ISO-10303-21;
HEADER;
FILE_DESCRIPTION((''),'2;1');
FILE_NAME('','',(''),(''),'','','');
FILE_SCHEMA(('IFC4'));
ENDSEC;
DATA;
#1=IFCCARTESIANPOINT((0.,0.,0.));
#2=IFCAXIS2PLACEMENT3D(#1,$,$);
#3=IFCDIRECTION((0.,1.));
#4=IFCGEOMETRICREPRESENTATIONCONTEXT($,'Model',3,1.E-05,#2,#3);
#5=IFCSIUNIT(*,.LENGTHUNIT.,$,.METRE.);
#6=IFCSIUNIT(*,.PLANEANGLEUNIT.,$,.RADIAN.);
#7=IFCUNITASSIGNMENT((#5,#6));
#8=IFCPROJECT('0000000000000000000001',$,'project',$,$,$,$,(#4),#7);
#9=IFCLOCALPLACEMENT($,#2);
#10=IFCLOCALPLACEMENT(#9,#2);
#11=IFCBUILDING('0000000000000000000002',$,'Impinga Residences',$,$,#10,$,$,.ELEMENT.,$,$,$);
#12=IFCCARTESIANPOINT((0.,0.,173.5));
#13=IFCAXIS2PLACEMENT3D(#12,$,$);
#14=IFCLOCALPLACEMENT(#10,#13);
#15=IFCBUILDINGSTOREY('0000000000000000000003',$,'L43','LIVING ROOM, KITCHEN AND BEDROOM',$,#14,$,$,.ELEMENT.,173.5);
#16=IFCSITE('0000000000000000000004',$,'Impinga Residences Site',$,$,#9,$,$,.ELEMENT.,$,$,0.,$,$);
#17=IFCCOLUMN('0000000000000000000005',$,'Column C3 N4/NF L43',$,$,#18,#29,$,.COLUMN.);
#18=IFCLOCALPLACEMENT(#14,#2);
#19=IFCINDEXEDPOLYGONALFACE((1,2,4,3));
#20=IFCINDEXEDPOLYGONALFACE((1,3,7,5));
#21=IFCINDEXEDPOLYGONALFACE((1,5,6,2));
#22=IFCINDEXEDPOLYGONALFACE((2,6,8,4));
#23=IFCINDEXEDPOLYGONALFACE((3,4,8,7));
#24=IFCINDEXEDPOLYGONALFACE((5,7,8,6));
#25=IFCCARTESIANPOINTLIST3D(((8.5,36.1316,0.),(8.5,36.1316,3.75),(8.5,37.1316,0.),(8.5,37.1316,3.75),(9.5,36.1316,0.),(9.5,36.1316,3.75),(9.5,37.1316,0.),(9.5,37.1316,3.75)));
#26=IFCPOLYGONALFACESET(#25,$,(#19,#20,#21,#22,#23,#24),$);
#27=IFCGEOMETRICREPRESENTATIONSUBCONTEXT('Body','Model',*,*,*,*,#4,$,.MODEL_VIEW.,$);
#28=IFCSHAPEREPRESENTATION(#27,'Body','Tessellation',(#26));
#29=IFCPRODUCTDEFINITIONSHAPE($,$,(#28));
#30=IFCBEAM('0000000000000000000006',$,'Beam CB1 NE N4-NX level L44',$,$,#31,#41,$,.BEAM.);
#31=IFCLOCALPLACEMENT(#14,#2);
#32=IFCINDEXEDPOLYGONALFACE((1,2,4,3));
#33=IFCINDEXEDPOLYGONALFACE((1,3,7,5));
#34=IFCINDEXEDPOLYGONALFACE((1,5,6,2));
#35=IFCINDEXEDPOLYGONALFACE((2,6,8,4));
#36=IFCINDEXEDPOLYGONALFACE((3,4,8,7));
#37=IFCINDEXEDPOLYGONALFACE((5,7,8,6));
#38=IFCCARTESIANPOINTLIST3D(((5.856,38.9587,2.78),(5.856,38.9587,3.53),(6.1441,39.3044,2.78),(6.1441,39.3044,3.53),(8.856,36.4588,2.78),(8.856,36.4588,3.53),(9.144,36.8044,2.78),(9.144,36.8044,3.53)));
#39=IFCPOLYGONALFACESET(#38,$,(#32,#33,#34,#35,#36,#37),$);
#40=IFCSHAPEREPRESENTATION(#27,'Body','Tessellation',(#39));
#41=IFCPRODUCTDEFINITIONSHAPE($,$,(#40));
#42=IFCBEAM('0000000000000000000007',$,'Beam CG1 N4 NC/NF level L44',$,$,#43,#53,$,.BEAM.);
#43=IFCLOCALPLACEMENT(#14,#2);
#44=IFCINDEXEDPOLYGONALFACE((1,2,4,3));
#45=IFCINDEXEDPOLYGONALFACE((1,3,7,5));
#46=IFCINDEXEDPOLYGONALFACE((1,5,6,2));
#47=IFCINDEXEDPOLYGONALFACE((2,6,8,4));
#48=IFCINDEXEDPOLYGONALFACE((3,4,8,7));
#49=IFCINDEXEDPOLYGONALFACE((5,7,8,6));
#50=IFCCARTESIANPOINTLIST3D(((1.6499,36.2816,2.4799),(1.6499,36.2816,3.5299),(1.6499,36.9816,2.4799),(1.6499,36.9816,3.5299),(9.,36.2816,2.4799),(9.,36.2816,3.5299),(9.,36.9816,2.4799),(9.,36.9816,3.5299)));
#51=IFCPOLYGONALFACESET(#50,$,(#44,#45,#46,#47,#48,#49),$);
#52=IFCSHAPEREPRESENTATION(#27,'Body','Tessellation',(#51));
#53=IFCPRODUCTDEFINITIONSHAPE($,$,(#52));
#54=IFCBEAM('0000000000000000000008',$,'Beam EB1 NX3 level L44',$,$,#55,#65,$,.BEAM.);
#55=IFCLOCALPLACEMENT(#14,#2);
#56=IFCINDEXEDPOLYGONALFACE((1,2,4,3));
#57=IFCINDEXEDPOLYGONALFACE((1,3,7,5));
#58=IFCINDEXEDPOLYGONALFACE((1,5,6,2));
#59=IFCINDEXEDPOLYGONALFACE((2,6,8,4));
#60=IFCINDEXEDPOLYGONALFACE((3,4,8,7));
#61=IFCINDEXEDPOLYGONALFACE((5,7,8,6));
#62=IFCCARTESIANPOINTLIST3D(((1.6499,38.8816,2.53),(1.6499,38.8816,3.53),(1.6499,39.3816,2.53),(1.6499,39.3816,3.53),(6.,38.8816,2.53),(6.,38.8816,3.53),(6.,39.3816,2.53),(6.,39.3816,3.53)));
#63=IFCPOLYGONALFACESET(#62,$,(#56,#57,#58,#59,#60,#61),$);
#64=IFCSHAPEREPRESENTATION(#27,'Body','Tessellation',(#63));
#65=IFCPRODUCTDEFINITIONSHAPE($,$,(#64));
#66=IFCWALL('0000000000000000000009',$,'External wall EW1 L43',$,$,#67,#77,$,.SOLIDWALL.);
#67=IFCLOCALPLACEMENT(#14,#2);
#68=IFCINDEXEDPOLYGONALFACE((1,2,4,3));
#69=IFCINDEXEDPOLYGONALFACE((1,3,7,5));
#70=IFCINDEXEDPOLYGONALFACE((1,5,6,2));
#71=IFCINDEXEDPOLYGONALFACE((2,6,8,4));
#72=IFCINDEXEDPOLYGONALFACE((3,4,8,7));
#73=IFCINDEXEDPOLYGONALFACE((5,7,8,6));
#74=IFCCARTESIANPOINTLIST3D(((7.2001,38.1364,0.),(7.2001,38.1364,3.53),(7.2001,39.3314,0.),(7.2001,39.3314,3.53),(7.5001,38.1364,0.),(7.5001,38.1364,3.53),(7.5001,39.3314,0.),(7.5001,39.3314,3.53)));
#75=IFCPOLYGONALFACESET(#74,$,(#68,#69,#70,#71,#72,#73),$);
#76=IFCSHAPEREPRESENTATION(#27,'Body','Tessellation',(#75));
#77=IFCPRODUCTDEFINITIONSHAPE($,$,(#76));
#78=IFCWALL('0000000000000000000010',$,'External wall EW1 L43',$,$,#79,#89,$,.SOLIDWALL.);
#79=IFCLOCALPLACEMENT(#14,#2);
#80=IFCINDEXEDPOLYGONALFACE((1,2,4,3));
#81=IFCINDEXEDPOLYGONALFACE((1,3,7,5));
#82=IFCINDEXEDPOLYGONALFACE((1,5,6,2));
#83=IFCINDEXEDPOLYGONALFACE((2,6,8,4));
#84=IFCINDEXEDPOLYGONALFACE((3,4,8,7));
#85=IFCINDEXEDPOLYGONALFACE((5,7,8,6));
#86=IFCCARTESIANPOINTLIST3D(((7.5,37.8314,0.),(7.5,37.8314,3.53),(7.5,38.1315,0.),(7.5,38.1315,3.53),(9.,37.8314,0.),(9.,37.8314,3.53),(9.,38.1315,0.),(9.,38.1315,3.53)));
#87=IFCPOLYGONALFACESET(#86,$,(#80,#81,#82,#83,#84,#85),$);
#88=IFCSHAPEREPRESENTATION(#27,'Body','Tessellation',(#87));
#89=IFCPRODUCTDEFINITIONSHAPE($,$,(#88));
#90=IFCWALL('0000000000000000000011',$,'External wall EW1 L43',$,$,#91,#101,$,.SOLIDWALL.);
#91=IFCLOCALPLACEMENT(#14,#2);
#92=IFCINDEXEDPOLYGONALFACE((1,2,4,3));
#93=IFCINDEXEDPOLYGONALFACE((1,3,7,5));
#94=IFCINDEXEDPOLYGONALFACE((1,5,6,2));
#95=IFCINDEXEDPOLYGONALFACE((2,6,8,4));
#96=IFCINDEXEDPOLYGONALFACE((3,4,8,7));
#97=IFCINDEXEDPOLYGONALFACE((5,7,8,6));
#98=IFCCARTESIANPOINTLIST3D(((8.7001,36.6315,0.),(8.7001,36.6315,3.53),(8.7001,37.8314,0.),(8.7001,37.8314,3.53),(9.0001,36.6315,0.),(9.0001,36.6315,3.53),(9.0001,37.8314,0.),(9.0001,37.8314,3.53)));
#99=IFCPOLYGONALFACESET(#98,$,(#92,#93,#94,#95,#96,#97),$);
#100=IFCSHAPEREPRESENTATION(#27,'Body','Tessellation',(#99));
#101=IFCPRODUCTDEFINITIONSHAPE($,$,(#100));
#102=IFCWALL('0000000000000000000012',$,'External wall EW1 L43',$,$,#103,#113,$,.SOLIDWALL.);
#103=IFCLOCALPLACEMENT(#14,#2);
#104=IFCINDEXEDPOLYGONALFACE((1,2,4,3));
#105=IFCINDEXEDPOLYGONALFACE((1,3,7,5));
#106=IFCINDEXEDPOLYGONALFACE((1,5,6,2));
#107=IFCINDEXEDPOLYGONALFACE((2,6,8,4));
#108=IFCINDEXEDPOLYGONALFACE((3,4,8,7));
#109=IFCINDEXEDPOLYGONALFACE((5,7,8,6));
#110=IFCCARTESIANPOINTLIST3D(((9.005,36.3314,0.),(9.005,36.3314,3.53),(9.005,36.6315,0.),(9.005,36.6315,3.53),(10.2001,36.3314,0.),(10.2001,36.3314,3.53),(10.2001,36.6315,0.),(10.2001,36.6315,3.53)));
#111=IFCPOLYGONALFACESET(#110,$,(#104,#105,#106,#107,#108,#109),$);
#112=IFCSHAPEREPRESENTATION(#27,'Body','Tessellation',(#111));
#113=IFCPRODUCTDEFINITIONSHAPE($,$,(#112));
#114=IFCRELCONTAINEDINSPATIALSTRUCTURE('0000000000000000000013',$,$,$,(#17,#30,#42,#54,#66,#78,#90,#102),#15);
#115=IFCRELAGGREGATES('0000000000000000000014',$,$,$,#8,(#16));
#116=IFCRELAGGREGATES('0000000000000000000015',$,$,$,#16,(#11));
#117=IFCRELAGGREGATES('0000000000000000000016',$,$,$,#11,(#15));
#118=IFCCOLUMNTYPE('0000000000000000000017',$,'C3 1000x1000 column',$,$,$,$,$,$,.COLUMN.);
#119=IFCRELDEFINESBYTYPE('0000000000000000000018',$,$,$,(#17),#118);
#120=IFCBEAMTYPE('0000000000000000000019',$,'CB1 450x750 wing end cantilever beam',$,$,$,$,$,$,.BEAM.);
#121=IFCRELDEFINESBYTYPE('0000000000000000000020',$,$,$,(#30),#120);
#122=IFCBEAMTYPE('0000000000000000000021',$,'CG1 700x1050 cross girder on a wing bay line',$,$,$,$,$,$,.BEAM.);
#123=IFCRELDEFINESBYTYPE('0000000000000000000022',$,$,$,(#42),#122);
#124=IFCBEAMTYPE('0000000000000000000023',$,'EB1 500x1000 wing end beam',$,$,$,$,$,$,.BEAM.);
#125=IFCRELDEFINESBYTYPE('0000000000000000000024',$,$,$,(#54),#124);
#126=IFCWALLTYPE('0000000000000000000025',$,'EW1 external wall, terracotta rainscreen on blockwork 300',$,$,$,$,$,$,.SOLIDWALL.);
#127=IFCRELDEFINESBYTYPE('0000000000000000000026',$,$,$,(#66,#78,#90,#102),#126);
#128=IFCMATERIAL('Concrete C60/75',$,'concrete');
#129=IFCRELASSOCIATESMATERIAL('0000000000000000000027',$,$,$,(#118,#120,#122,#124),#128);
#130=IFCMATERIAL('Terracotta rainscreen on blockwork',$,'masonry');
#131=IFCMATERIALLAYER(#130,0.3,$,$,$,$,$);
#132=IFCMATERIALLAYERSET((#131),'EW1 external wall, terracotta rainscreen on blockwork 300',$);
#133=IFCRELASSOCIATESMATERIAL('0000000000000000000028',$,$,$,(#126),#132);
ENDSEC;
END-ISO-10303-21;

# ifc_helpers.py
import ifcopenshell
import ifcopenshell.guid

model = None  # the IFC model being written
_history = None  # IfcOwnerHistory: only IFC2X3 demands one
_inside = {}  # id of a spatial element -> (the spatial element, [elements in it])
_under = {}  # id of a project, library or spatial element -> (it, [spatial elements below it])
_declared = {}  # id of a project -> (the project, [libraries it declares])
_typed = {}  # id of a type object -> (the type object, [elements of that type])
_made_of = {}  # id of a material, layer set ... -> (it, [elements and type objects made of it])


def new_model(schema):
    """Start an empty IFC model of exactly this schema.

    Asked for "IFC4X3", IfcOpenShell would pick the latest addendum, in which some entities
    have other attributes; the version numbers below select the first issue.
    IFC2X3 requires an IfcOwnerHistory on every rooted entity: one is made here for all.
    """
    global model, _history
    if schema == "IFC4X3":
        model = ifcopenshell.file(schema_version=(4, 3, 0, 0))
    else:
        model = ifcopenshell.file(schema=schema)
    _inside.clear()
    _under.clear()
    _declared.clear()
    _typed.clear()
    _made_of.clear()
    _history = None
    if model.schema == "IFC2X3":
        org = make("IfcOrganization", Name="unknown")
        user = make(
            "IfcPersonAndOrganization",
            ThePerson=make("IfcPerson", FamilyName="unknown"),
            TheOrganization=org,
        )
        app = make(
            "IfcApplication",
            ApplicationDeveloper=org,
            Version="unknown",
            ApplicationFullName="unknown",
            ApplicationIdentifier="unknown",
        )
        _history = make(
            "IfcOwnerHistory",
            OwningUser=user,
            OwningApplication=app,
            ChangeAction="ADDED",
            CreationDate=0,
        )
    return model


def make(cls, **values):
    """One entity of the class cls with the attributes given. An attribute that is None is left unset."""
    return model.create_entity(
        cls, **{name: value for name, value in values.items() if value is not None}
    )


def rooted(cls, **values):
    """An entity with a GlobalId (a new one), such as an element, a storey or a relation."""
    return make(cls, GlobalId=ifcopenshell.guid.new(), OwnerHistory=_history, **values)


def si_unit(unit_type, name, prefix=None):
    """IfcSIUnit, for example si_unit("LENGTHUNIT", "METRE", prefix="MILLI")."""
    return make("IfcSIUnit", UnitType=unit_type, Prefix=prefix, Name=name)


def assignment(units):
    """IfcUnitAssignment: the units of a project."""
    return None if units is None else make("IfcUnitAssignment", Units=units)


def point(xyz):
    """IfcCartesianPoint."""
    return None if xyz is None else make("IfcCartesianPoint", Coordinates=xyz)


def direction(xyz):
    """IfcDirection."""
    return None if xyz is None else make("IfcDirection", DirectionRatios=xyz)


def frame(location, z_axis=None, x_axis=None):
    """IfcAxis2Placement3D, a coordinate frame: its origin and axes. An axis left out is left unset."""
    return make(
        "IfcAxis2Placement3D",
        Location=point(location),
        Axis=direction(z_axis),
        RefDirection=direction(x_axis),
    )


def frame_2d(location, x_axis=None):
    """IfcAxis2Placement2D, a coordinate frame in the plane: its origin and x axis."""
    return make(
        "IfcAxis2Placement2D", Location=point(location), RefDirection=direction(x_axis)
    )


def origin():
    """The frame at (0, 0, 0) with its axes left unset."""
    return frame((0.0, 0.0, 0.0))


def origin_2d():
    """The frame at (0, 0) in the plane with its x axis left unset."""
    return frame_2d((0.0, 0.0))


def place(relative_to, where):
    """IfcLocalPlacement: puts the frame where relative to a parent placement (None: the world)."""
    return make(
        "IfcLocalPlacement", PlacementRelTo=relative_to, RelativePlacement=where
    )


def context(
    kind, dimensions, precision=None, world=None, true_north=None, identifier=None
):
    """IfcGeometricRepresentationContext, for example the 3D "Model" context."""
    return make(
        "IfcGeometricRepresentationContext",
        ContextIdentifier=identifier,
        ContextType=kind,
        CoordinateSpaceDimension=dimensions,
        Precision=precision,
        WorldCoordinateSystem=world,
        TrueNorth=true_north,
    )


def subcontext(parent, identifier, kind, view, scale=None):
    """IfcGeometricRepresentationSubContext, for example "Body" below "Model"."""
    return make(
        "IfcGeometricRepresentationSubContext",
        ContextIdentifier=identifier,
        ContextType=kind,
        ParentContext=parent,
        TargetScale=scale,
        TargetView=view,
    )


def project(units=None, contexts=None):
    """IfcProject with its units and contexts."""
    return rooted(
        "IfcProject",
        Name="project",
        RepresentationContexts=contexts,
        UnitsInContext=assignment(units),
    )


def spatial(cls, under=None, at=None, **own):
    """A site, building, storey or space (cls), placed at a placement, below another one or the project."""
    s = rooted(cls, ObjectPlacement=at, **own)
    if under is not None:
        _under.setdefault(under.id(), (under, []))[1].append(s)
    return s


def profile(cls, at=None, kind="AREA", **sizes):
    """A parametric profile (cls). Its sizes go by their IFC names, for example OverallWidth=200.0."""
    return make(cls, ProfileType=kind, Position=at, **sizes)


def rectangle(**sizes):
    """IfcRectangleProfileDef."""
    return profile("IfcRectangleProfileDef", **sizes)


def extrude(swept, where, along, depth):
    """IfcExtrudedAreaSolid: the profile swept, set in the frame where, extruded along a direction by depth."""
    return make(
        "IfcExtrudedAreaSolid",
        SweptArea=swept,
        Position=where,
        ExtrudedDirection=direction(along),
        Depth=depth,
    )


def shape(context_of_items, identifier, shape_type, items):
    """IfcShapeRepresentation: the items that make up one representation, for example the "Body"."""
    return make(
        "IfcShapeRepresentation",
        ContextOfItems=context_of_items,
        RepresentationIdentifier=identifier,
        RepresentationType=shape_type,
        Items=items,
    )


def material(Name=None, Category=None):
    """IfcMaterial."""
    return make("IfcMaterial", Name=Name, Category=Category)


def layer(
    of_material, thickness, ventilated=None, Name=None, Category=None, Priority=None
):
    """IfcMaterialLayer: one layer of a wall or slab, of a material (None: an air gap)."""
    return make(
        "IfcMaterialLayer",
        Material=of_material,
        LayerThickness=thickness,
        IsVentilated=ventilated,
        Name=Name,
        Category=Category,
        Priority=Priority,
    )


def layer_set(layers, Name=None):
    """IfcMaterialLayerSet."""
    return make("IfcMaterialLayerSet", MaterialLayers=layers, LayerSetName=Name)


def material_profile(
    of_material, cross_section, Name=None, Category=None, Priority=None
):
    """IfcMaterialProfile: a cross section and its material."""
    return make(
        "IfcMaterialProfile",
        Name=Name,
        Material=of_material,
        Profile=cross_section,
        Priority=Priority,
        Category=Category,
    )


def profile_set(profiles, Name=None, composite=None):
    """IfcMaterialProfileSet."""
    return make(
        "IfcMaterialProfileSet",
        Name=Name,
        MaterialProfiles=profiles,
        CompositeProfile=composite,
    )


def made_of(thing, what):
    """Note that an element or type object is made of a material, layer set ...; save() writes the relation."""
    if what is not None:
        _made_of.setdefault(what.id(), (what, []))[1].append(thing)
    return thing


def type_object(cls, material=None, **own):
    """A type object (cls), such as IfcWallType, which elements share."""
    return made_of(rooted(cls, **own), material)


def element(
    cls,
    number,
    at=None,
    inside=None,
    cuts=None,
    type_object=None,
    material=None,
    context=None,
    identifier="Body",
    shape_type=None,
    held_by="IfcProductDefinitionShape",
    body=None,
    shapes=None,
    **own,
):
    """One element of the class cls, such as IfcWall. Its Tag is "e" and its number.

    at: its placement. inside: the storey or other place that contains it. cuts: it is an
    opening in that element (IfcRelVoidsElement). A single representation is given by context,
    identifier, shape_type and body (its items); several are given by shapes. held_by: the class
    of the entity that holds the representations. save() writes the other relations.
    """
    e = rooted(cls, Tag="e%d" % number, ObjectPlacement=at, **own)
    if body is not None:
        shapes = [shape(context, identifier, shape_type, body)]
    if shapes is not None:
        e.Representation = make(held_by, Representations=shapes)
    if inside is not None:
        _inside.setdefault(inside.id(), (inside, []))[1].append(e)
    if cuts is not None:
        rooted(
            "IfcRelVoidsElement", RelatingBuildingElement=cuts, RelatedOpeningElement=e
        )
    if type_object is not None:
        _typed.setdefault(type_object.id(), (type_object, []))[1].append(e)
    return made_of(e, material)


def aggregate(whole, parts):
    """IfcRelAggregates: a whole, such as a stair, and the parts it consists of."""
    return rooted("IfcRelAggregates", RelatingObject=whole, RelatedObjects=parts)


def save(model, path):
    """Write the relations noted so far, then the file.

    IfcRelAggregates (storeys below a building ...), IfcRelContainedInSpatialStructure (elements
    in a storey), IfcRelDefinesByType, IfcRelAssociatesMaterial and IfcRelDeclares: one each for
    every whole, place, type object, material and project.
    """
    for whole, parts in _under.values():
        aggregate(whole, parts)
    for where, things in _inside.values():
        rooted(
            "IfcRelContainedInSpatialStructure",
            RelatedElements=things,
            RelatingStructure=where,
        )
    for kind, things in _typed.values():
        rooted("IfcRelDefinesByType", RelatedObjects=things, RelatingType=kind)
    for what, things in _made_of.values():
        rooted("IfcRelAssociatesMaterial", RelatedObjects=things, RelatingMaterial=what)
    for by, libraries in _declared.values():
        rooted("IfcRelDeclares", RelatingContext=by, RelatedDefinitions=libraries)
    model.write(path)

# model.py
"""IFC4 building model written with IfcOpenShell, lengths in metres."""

from ifc_helpers import new_model, si_unit, direction, frame, frame_2d, origin, origin_2d, place, context, subcontext, project, spatial, rectangle, extrude, material, layer, layer_set, material_profile, profile_set, type_object, element, save


model = new_model("IFC4")

# Units and contexts
model_context = context("Model", 3, precision=1e-05, world=origin(), true_north=direction((0.0, 1.0)))
body_context = subcontext(model_context, "Body", "Model", "MODEL_VIEW")
ifc_project = project(units=[si_unit("LENGTHUNIT", "METRE"), si_unit("PLANEANGLEUNIT", "RADIAN")], contexts=[model_context])

# Site, building, storey
site_placement = place(None, origin())
site = spatial("IfcSite", under=ifc_project, at=site_placement, Name="Impinga Residences Site", CompositionType="ELEMENT", RefElevation=0.0)
building_placement = place(site_placement, origin())
building = spatial("IfcBuilding", under=site, at=building_placement, Name="Impinga Residences", CompositionType="ELEMENT")
storey_placement = place(building_placement, frame((0.0, 0.0, 173.5)))
storey = spatial("IfcBuildingStorey", under=building, at=storey_placement, Name="L43", Description="LIVING ROOM, KITCHEN AND BEDROOM", CompositionType="ELEMENT", Elevation=173.5)

# Column
ifc_material_1 = material(Name="Concrete C60/75", Category="concrete")
ifc_material_profile_1 = material_profile(ifc_material_1, rectangle(XDim=1.0, YDim=1.0, at=origin_2d()), Name="RC 1000x1000")
ifc_profile_set_1 = profile_set([ifc_material_profile_1], Name="Concrete C60/75")
column_type = type_object("IfcColumnType", Name="C3 1000x1000 column", PredefinedType="COLUMN", material=ifc_profile_set_1)
column_placement = place(storey_placement, frame((9.0, 36.6316, 0.0), z_axis=(0.0, 0.0, 1.0), x_axis=(1.0, 0.0, 0.0)))
element("IfcColumn", 1, at=column_placement, inside=storey, type_object=column_type, Name="Column C3 N4/NF L43", PredefinedType="COLUMN", context=body_context, shape_type="SweptSolid", body=[
    extrude(rectangle(XDim=1.0, YDim=1.0, at=origin_2d()), origin(), (0.0, 0.0, 1.0), 3.75),
])

# Beams
ifc_material_profile_2 = material_profile(ifc_material_1, rectangle(XDim=0.45, YDim=0.75, at=origin_2d()), Name="RC 450x750")
ifc_profile_set_2 = profile_set([ifc_material_profile_2], Name="Concrete C60/75")
beam_type_1 = type_object("IfcBeamType", Name="CB1 450x750 wing end cantilever beam", PredefinedType="BEAM", material=ifc_profile_set_2)
beam_1_placement = place(storey_placement, frame((9.0, 36.6316, 3.155), z_axis=(-0.768221, 0.640184, 0.0), x_axis=(-0.640184, -0.768221, 0.0)))
element("IfcBeam", 2, at=beam_1_placement, inside=storey, type_object=beam_type_1, Name="Beam CB1 NE N4-NX level L44", PredefinedType="BEAM", context=body_context, shape_type="SweptSolid", body=[
    extrude(rectangle(XDim=0.45, YDim=0.75, at=origin_2d()), origin(), (0.0, 0.0, 1.0), 3.905),
])
ifc_material_profile_3 = material_profile(ifc_material_1, rectangle(XDim=0.7, YDim=1.05, at=origin_2d()), Name="RC 700x1050")
ifc_profile_set_3 = profile_set([ifc_material_profile_3], Name="Concrete C60/75")
beam_type_2 = type_object("IfcBeamType", Name="CG1 700x1050 cross girder on a wing bay line", PredefinedType="BEAM", material=ifc_profile_set_3)
beam_2_placement = place(storey_placement, frame((1.6499, 36.6316, 3.0049), z_axis=(1.0, 0.0, 0.0), x_axis=(0.0, 1.0, 0.0)))
element("IfcBeam", 3, at=beam_2_placement, inside=storey, type_object=beam_type_2, Name="Beam CG1 N4 NC/NF level L44", PredefinedType="BEAM", context=body_context, shape_type="SweptSolid", body=[
    extrude(rectangle(XDim=0.7, YDim=1.05, at=origin_2d()), origin(), (0.0, 0.0, 1.0), 7.3501),
])
ifc_material_profile_4 = material_profile(ifc_material_1, rectangle(XDim=0.5, YDim=1.0, at=origin_2d()), Name="RC 500x1000")
ifc_profile_set_4 = profile_set([ifc_material_profile_4], Name="Concrete C60/75")
beam_type_3 = type_object("IfcBeamType", Name="EB1 500x1000 wing end beam", PredefinedType="BEAM", material=ifc_profile_set_4)
beam_3_placement = place(storey_placement, frame((1.6499, 39.1316, 3.03), z_axis=(1.0, 0.0, 0.0), x_axis=(0.0, 1.0, 0.0)))
element("IfcBeam", 4, at=beam_3_placement, inside=storey, type_object=beam_type_3, Name="Beam EB1 NX3 level L44", PredefinedType="BEAM", context=body_context, shape_type="SweptSolid", body=[
    extrude(rectangle(XDim=0.5, YDim=1.0, at=origin_2d()), origin(), (0.0, 0.0, 1.0), 4.3501),
])

# Walls
ifc_material_2 = material(Name="Terracotta rainscreen on blockwork", Category="masonry")
ifc_layer_1 = layer(ifc_material_2, 0.3)
ifc_layer_set_1 = layer_set([ifc_layer_1], Name="EW1 external wall, terracotta rainscreen on blockwork 300")
wall_type_1 = type_object("IfcWallType", Name="EW1 external wall, terracotta rainscreen on blockwork 300", PredefinedType="SOLIDWALL", material=ifc_layer_set_1)
wall_1_placement = place(storey_placement, frame((7.3501, 39.3315, 0.0), z_axis=(0.0, 0.0, 1.0), x_axis=(0.0, -1.0, 0.0)))
element("IfcWall", 5, at=wall_1_placement, inside=storey, type_object=wall_type_1, Name="External wall EW1 L43", PredefinedType="SOLIDWALL", context=body_context, shape_type="SweptSolid", body=[
    extrude(rectangle(XDim=1.1951, YDim=0.3, at=frame_2d((0.5977, 0.0))), origin(), (0.0, 0.0, 1.0), 3.53),
])
wall_2_placement = place(storey_placement, frame((7.5, 37.9814, 0.0), z_axis=(0.0, 0.0, 1.0), x_axis=(1.0, 0.0, 0.0)))
element("IfcWall", 6, at=wall_2_placement, inside=storey, type_object=wall_type_1, Name="External wall EW1 L43", PredefinedType="SOLIDWALL", context=body_context, shape_type="SweptSolid", body=[
    extrude(rectangle(XDim=1.5, YDim=0.3, at=frame_2d((0.75, 0.0))), origin(), (0.0, 0.0, 1.0), 3.53),
])
wall_3_placement = place(storey_placement, frame((8.8501, 37.8315, 0.0), z_axis=(0.0, 0.0, 1.0), x_axis=(0.0, -1.0, 0.0)))
element("IfcWall", 7, at=wall_3_placement, inside=storey, type_object=wall_type_1, Name="External wall EW1 L43", PredefinedType="SOLIDWALL", context=body_context, shape_type="SweptSolid", body=[
    extrude(rectangle(XDim=1.2, YDim=0.3, at=frame_2d((0.6001, 0.0))), origin(), (0.0, 0.0, 1.0), 3.53),
])
wall_4_placement = place(storey_placement, frame((9.0049, 36.4814, 0.0), z_axis=(0.0, 0.0, 1.0), x_axis=(1.0, 0.0, 0.0)))
element("IfcWall", 8, at=wall_4_placement, inside=storey, type_object=wall_type_1, Name="External wall EW1 L43", PredefinedType="SOLIDWALL", context=body_context, shape_type="SweptSolid", body=[
    extrude(rectangle(XDim=1.1951, YDim=0.3, at=frame_2d((0.5977, 0.0))), origin(), (0.0, 0.0, 1.0), 3.53),
])

save(model, "model.ifc")
